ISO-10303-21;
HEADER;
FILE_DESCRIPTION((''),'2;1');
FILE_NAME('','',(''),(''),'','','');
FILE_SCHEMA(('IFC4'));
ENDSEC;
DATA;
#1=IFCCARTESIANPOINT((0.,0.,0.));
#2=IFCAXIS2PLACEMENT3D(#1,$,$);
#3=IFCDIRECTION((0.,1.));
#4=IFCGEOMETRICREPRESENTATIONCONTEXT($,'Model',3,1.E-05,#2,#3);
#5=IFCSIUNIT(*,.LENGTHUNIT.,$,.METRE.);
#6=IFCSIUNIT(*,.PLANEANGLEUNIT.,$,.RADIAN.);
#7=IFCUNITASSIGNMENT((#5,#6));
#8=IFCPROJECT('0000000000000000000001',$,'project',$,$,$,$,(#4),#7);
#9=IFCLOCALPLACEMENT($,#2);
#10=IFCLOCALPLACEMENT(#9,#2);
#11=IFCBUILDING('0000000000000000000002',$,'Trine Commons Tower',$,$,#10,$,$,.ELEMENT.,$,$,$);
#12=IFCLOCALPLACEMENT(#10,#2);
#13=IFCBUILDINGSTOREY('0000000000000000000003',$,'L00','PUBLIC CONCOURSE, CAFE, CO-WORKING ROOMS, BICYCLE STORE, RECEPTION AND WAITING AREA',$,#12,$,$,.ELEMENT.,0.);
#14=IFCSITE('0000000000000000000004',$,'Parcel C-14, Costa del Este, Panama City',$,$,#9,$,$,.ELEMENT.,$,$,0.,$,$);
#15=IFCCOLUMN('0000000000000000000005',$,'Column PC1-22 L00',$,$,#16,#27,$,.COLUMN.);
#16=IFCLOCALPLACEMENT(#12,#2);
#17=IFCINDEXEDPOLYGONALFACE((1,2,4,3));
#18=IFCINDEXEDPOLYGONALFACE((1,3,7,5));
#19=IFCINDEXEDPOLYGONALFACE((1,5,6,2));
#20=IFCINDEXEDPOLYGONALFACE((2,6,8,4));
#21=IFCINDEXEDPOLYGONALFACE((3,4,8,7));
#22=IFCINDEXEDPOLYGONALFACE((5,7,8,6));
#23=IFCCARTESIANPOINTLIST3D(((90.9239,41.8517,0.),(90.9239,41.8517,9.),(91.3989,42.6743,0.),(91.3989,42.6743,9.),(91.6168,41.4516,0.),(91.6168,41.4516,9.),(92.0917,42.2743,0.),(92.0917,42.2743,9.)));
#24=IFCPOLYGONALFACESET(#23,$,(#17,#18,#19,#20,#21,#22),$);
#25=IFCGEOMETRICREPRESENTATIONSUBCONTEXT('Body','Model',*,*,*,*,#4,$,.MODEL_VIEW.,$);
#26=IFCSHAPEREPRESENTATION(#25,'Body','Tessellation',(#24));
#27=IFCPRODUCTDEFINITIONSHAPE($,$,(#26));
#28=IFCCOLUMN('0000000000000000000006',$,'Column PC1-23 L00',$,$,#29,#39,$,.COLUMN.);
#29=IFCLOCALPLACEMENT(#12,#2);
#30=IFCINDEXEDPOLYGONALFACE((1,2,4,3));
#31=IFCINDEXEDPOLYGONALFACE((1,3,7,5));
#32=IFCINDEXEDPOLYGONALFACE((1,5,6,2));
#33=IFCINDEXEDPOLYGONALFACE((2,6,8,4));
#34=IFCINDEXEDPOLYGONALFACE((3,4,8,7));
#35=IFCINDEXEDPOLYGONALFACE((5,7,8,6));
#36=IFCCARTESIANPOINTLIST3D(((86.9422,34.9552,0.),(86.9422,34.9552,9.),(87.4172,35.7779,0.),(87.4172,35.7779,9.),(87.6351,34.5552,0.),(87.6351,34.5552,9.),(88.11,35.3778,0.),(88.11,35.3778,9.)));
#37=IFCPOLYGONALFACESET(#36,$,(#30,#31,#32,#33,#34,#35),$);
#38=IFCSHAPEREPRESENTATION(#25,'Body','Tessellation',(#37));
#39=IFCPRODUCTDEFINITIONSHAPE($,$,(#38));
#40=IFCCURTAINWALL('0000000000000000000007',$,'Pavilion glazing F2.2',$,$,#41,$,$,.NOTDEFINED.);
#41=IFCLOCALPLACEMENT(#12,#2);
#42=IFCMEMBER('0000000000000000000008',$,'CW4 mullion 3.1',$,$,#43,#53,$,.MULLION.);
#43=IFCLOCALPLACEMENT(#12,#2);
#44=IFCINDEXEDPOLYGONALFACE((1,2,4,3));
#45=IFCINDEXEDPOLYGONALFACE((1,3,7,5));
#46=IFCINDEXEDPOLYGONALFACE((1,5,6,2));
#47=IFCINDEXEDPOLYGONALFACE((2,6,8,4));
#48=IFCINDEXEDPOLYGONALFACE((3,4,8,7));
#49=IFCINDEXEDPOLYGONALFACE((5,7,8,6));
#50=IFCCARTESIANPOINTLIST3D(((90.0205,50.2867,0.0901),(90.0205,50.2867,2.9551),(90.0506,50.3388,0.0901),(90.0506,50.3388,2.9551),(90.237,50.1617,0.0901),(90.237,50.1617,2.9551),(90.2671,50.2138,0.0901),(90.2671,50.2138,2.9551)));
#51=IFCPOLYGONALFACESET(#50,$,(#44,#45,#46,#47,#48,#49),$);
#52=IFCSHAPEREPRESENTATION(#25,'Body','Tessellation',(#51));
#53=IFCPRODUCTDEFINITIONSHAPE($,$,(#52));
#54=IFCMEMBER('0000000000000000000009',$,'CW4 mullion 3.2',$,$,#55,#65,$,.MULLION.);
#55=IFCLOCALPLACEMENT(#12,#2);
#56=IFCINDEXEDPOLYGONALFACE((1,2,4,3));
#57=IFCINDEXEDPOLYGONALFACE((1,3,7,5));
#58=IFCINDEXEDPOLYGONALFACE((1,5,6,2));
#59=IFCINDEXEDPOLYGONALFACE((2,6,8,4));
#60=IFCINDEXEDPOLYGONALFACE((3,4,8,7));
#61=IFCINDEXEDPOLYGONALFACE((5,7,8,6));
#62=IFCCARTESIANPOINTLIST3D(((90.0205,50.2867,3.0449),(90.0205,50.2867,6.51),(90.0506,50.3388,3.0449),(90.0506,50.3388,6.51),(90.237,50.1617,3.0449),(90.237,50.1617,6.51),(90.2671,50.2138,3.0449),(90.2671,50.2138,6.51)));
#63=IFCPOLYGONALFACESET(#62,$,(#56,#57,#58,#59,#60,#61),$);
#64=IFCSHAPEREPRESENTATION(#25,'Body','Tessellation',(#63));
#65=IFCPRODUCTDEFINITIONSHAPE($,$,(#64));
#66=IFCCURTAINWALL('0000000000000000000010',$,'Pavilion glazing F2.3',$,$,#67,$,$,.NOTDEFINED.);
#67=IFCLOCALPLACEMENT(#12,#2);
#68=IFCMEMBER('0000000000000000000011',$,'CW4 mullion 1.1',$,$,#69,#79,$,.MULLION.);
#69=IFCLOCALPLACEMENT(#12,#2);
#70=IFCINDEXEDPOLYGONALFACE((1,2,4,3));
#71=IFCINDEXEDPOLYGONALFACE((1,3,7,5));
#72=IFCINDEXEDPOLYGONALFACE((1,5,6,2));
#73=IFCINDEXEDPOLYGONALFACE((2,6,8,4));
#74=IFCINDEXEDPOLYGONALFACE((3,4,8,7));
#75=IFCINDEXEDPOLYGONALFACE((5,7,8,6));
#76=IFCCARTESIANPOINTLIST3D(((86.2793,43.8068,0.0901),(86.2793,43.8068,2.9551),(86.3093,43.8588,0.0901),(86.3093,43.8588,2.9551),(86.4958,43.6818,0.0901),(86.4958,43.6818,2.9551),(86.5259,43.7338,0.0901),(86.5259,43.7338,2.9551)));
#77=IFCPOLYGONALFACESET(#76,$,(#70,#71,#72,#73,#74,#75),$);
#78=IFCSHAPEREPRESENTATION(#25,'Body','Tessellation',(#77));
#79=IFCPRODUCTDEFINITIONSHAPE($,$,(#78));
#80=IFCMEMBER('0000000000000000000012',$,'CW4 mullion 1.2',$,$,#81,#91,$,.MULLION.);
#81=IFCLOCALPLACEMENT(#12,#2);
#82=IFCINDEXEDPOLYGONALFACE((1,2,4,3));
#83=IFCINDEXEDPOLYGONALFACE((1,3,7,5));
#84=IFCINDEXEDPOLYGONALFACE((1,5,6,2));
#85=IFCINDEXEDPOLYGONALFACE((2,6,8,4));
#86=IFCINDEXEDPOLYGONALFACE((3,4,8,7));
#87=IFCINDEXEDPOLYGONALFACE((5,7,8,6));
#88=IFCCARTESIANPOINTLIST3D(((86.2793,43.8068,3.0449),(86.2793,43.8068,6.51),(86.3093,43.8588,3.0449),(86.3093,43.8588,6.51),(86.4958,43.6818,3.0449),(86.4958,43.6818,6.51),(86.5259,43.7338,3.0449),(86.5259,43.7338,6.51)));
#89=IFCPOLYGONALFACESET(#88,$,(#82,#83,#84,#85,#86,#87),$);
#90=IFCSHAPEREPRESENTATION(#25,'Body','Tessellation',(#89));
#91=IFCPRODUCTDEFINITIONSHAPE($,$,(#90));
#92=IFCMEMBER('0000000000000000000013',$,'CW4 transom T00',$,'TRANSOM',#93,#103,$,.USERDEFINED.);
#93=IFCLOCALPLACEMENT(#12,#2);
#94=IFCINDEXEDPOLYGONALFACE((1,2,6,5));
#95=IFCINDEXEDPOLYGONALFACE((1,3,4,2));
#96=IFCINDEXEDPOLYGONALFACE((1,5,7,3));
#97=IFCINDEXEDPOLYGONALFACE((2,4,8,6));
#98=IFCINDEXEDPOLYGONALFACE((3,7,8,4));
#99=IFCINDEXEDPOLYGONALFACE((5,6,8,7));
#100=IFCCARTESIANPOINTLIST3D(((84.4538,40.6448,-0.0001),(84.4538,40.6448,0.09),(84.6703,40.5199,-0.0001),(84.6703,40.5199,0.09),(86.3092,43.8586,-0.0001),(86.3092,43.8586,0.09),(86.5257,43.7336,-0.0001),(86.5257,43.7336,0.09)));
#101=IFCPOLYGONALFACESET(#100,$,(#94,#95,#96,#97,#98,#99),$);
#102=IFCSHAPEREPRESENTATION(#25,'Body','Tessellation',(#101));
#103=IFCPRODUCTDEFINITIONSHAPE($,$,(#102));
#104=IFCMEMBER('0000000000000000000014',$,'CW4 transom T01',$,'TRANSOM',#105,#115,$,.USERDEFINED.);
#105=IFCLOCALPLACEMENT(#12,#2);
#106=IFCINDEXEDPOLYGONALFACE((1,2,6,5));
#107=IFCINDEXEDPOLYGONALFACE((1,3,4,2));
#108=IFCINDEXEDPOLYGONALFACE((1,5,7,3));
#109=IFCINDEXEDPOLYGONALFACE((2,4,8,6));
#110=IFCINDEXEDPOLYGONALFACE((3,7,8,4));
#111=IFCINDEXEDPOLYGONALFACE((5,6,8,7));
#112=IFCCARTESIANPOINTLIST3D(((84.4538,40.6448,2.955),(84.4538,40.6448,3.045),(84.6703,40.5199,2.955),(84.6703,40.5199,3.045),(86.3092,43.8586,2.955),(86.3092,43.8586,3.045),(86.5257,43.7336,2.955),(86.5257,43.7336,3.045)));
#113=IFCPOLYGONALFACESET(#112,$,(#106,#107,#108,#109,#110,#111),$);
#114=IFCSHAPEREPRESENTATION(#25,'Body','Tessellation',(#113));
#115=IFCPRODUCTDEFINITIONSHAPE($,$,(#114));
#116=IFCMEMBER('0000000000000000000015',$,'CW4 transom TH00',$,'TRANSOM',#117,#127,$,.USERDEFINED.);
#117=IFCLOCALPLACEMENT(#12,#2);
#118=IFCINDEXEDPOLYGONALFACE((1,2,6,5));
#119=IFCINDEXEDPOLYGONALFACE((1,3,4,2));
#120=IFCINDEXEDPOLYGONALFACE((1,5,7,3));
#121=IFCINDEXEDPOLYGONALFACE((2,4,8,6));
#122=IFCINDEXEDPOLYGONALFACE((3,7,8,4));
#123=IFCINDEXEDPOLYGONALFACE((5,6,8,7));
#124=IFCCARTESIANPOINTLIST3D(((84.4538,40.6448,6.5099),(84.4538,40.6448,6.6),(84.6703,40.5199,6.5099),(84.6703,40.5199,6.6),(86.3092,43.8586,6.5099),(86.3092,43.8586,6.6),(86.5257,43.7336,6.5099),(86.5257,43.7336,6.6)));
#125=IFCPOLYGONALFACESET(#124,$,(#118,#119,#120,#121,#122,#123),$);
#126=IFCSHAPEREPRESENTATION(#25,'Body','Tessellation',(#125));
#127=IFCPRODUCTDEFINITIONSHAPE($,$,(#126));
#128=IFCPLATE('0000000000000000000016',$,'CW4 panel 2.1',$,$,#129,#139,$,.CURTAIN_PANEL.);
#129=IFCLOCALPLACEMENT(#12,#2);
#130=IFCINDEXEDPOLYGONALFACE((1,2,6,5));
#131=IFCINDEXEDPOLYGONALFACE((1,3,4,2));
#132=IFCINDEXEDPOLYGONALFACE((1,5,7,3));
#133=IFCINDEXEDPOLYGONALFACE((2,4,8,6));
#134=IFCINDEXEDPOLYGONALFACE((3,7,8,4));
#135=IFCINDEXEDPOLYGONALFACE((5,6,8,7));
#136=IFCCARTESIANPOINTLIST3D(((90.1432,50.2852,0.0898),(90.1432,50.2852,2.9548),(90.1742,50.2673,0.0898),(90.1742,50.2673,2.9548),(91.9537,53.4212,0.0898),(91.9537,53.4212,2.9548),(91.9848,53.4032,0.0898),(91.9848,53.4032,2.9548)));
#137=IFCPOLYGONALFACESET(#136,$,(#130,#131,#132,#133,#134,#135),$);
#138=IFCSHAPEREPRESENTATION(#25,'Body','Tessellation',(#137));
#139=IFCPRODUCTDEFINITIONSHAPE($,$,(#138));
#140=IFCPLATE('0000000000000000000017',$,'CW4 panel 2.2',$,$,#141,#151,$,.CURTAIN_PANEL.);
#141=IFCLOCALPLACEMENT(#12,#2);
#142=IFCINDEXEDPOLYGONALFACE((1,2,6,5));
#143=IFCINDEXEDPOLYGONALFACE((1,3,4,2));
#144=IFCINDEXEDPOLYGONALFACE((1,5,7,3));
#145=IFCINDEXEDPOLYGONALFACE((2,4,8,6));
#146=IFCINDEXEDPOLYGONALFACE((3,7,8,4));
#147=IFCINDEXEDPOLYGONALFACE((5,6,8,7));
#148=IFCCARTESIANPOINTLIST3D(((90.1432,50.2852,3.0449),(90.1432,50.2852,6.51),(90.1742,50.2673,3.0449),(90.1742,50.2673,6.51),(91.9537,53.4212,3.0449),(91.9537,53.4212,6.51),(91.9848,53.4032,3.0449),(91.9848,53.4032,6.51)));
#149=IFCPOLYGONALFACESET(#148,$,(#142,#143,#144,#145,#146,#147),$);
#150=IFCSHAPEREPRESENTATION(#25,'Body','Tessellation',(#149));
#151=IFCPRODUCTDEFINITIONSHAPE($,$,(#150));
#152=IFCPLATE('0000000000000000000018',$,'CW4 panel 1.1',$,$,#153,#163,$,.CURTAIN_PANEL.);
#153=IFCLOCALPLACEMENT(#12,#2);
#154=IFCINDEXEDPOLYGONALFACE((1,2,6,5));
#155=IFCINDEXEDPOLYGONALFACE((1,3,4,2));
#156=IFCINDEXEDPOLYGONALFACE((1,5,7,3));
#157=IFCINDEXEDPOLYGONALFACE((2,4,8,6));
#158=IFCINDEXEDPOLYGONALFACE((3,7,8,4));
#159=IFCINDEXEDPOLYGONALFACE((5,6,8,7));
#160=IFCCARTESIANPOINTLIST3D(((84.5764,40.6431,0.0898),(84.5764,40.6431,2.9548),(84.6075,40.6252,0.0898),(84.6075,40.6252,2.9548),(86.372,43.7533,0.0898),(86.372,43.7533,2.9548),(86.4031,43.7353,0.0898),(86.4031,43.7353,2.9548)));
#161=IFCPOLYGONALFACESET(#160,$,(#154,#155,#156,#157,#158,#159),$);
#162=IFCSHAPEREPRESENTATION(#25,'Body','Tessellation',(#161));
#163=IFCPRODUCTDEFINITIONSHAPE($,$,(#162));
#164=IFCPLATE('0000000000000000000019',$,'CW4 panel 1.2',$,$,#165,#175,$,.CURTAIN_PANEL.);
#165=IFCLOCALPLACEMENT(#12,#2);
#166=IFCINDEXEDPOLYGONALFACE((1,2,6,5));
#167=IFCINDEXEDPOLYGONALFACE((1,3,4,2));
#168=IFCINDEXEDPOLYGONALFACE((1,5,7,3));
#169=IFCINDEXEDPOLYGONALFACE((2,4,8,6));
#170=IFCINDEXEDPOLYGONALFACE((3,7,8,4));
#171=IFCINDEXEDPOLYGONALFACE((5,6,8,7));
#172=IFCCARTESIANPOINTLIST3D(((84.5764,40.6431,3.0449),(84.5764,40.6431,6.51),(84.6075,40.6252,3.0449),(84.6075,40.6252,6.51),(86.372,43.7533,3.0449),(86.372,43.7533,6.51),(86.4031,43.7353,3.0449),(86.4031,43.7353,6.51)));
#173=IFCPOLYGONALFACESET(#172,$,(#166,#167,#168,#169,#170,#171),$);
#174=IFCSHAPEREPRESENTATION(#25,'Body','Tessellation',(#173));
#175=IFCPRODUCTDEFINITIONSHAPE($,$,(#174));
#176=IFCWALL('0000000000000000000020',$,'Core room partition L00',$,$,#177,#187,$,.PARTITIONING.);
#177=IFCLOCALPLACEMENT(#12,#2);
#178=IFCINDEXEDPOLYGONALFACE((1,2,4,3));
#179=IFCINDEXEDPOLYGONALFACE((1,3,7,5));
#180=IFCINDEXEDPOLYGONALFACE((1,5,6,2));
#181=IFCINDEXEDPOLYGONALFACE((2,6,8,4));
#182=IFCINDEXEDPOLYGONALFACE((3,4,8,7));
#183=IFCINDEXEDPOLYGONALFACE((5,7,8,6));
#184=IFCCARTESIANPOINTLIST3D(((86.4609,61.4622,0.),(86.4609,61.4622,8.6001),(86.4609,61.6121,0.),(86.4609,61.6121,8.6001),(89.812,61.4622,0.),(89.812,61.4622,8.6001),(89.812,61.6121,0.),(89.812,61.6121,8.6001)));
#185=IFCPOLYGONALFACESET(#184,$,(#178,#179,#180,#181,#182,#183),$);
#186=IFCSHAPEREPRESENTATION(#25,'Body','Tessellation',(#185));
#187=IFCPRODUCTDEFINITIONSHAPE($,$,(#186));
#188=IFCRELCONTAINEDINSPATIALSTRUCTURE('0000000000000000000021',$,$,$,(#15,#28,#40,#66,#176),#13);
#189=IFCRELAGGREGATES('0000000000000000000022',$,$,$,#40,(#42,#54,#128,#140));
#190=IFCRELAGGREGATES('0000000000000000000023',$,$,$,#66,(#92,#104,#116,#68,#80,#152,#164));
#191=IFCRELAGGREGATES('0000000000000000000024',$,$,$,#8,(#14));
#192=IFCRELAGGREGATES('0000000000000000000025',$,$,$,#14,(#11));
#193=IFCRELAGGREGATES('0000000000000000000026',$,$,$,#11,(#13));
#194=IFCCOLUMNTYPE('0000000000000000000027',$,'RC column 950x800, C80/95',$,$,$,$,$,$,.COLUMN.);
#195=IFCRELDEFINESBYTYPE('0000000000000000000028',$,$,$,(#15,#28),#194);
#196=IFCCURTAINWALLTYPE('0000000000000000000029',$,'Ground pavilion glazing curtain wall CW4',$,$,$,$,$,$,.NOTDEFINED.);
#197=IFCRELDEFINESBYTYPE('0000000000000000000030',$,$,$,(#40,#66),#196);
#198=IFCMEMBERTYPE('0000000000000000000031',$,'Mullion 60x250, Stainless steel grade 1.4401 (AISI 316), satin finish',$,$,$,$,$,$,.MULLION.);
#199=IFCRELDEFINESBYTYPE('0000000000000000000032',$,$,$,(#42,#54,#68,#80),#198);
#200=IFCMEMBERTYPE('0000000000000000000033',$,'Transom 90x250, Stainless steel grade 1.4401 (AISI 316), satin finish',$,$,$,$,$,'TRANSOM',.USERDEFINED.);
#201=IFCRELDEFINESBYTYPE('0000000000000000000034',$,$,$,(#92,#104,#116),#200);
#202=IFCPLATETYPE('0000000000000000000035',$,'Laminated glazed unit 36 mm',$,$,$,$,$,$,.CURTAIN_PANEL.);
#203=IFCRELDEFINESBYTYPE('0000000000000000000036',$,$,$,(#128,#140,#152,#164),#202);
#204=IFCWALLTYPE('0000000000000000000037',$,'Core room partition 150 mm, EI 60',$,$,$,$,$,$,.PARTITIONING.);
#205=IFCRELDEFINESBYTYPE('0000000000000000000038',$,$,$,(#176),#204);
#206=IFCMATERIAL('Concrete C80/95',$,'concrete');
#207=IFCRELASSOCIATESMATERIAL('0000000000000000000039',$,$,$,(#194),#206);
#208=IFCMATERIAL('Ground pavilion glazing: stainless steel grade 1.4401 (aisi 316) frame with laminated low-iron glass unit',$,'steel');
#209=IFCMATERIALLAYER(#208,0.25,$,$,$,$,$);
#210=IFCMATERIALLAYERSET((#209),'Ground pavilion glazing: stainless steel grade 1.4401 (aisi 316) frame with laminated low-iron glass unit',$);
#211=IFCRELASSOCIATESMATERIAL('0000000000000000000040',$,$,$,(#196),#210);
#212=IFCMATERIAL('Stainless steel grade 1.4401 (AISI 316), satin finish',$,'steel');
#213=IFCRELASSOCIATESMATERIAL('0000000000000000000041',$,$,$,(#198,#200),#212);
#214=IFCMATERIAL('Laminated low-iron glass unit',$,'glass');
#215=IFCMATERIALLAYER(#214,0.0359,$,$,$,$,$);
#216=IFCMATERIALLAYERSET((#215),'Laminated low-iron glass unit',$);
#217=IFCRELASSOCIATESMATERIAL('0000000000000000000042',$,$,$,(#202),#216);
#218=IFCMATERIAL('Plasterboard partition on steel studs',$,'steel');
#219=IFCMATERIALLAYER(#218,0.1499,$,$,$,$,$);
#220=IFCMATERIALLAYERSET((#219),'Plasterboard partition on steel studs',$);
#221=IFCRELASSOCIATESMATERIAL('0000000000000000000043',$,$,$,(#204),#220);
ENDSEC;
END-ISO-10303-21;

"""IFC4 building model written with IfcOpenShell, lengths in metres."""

from ifc_helpers import new_model, si_unit, direction, frame, frame_2d, origin, origin_2d, place, context, subcontext, project, spatial, rectangle, extrude, material, layer, layer_set, material_profile, profile_set, type_object, element, aggregate, save


model = new_model("IFC4")

# Units and contexts
model_context = context("Model", 3, precision=1e-05, world=origin(), true_north=direction((0.0, 1.0)))
body_context = subcontext(model_context, "Body", "Model", "MODEL_VIEW")
ifc_project = project(units=[si_unit("LENGTHUNIT", "METRE"), si_unit("PLANEANGLEUNIT", "RADIAN")], contexts=[model_context])

# Site, building, storey
site_placement = place(None, origin())
site = spatial("IfcSite", under=ifc_project, at=site_placement, Name="Parcel C-14, Costa del Este, Panama City", CompositionType="ELEMENT", RefElevation=0.0)
building_placement = place(site_placement, origin())
building = spatial("IfcBuilding", under=site, at=building_placement, Name="Trine Commons Tower", CompositionType="ELEMENT")
storey_placement = place(building_placement, origin())
storey = spatial("IfcBuildingStorey", under=building, at=storey_placement, Name="L00", Description="PUBLIC CONCOURSE, CAFE, CO-WORKING ROOMS, BICYCLE STORE, RECEPTION AND WAITING AREA", CompositionType="ELEMENT", Elevation=0.0)

# Columns
ifc_material_1 = material(Name="Concrete C80/95", Category="concrete")
ifc_material_profile_1 = material_profile(ifc_material_1, rectangle(XDim=0.95, YDim=0.8, at=origin_2d()), Name="RC 950x800")
ifc_profile_set_1 = profile_set([ifc_material_profile_1], Name="Concrete C80/95")
column_type = type_object("IfcColumnType", Name="RC column 950x800, C80/95", PredefinedType="COLUMN", material=ifc_profile_set_1)
for number, where, z_axis, x_axis, name in (
    (1, (91.5078, 42.063, 0.0), (0.0, 0.0, 1.0), (0.5, 0.866025, 0.0), "Column PC1-22 L00"),
    (2, (87.5261, 35.1665, 0.0), (0.0, 0.0, 1.0), (0.5, 0.866025, 0.0), "Column PC1-23 L00"),
):
    element("IfcColumn", number, at=place(storey_placement, frame(where, z_axis=z_axis, x_axis=x_axis)), inside=storey, type_object=column_type, Name=name, PredefinedType="COLUMN", context=body_context, shape_type="SweptSolid", body=[
        extrude(rectangle(XDim=0.95, YDim=0.8, at=origin_2d()), origin(), (0.0, 0.0, 1.0), 9.0),
    ])

# Curtain walls, members
ifc_material_2 = material(Name="Ground pavilion glazing: stainless steel grade 1.4401 (aisi 316) frame with laminated low-iron glass unit", Category="steel")
ifc_layer_1 = layer(ifc_material_2, 0.25)
ifc_layer_set_1 = layer_set([ifc_layer_1], Name="Ground pavilion glazing: stainless steel grade 1.4401 (aisi 316) frame with laminated low-iron glass unit")
curtain_wall_type = type_object("IfcCurtainWallType", Name="Ground pavilion glazing curtain wall CW4", PredefinedType="NOTDEFINED", material=ifc_layer_set_1)
curtain_wall_1_placement = place(storey_placement, origin())
curtain_wall_1 = element("IfcCurtainWall", 3, at=curtain_wall_1_placement, inside=storey, type_object=curtain_wall_type, Name="Pavilion glazing F2.2", PredefinedType="NOTDEFINED")
ifc_material_3 = material(Name="Stainless steel grade 1.4401 (AISI 316), satin finish", Category="steel")
ifc_material_profile_2 = material_profile(ifc_material_3, rectangle(XDim=0.25, YDim=0.0601, at=origin_2d()), Name="Mullion 60x250")
ifc_profile_set_2 = profile_set([ifc_material_profile_2], Name="Stainless steel grade 1.4401 (AISI 316), satin finish")
member_type_1 = type_object("IfcMemberType", Name="Mullion 60x250, Stainless steel grade 1.4401 (AISI 316), satin finish", PredefinedType="MULLION", material=ifc_profile_set_2)
member_1_placement = place(storey_placement, frame((90.1438, 50.2502, 0.0901), z_axis=(0.0, 0.0, 1.0), x_axis=(0.866025, -0.5, 0.0)))
member_1 = element("IfcMember", 4, at=member_1_placement, type_object=member_type_1, Name="CW4 mullion 3.1", PredefinedType="MULLION", context=body_context, shape_type="SweptSolid", body=[
    extrude(rectangle(XDim=0.25, YDim=0.0601, at=origin_2d()), origin(), (0.0, 0.0, 1.0), 2.865),
])
member_2_placement = place(storey_placement, frame((90.1438, 50.2502, 3.0449), z_axis=(0.0, 0.0, 1.0), x_axis=(0.866025, -0.5, 0.0)))
member_2 = element("IfcMember", 5, at=member_2_placement, type_object=member_type_1, Name="CW4 mullion 3.2", PredefinedType="MULLION", context=body_context, shape_type="SweptSolid", body=[
    extrude(rectangle(XDim=0.25, YDim=0.0601, at=origin_2d()), origin(), (0.0, 0.0, 1.0), 3.4651),
])
curtain_wall_2_placement = place(storey_placement, origin())
curtain_wall_2 = element("IfcCurtainWall", 6, at=curtain_wall_2_placement, inside=storey, type_object=curtain_wall_type, Name="Pavilion glazing F2.3", PredefinedType="NOTDEFINED")
member_3_placement = place(storey_placement, frame((86.4026, 43.7703, 0.0901), z_axis=(0.0, 0.0, 1.0), x_axis=(0.866025, -0.5, 0.0)))
member_3 = element("IfcMember", 7, at=member_3_placement, type_object=member_type_1, Name="CW4 mullion 1.1", PredefinedType="MULLION", context=body_context, shape_type="SweptSolid", body=[
    extrude(rectangle(XDim=0.25, YDim=0.0601, at=origin_2d()), origin(), (0.0, 0.0, 1.0), 2.865),
])
member_4_placement = place(storey_placement, frame((86.4026, 43.7703, 3.0449), z_axis=(0.0, 0.0, 1.0), x_axis=(0.866025, -0.5, 0.0)))
member_4 = element("IfcMember", 8, at=member_4_placement, type_object=member_type_1, Name="CW4 mullion 1.2", PredefinedType="MULLION", context=body_context, shape_type="SweptSolid", body=[
    extrude(rectangle(XDim=0.25, YDim=0.0601, at=origin_2d()), origin(), (0.0, 0.0, 1.0), 3.4651),
])
ifc_material_profile_3 = material_profile(ifc_material_3, rectangle(XDim=0.25, YDim=0.0901, at=origin_2d()), Name="Transom 90x250")
ifc_profile_set_3 = profile_set([ifc_material_profile_3], Name="Stainless steel grade 1.4401 (AISI 316), satin finish")
member_type_2 = type_object("IfcMemberType", Name="Transom 90x250, Stainless steel grade 1.4401 (AISI 316), satin finish", ElementType="TRANSOM", PredefinedType="USERDEFINED", material=ifc_profile_set_3)
member_5_placement = place(storey_placement, frame((86.4175, 43.7961, 0.0449), z_axis=(-0.499988, -0.866032, 0.0), x_axis=(0.866032, -0.499988, 0.0)))
member_5 = element("IfcMember", 9, at=member_5_placement, type_object=member_type_2, Name="CW4 transom T00", ObjectType="TRANSOM", PredefinedType="USERDEFINED", context=body_context, shape_type="SweptSolid", body=[
    extrude(rectangle(XDim=0.25, YDim=0.0901, at=origin_2d()), origin(), (0.0, 0.0, 1.0), 3.7109),
])
member_6_placement = place(storey_placement, frame((86.4175, 43.7961, 3.0), z_axis=(-0.499988, -0.866032, 0.0), x_axis=(0.866032, -0.499988, 0.0)))
member_6 = element("IfcMember", 10, at=member_6_placement, type_object=member_type_2, Name="CW4 transom T01", ObjectType="TRANSOM", PredefinedType="USERDEFINED", context=body_context, shape_type="SweptSolid", body=[
    extrude(rectangle(XDim=0.25, YDim=0.0901, at=origin_2d()), origin(), (0.0, 0.0, 1.0), 3.7109),
])
member_7_placement = place(storey_placement, frame((86.4175, 43.7961, 6.5549), z_axis=(-0.499988, -0.866032, 0.0), x_axis=(0.866032, -0.499988, 0.0)))
member_7 = element("IfcMember", 11, at=member_7_placement, type_object=member_type_2, Name="CW4 transom TH00", ObjectType="TRANSOM", PredefinedType="USERDEFINED", context=body_context, shape_type="SweptSolid", body=[
    extrude(rectangle(XDim=0.25, YDim=0.0901, at=origin_2d()), origin(), (0.0, 0.0, 1.0), 3.7109),
])

# Plates
ifc_material_4 = material(Name="Laminated low-iron glass unit", Category="glass")
ifc_layer_2 = layer(ifc_material_4, 0.0359)
ifc_layer_set_2 = layer_set([ifc_layer_2], Name="Laminated low-iron glass unit")
plate_type = type_object("IfcPlateType", Name="Laminated glazed unit 36 mm", PredefinedType="CURTAIN_PANEL", material=ifc_layer_set_2)
plate_1_placement = place(storey_placement, frame((91.064, 51.8442, 0.0898), z_axis=(0.0, 0.0, 1.0), x_axis=(-0.5, -0.866025, 0.0)))
plate_1 = element("IfcPlate", 12, at=plate_1_placement, type_object=plate_type, Name="CW4 panel 2.1", PredefinedType="CURTAIN_PANEL", context=body_context, shape_type="SweptSolid", body=[
    extrude(rectangle(XDim=3.6211, YDim=0.0359, at=origin_2d()), origin(), (0.0, 0.0, 1.0), 2.865),
])
plate_2_placement = place(storey_placement, frame((91.064, 51.8442, 3.0449), z_axis=(0.0, 0.0, 1.0), x_axis=(-0.5, -0.866025, 0.0)))
plate_2 = element("IfcPlate", 13, at=plate_2_placement, type_object=plate_type, Name="CW4 panel 2.2", PredefinedType="CURTAIN_PANEL", context=body_context, shape_type="SweptSolid", body=[
    extrude(rectangle(XDim=3.6211, YDim=0.0359, at=origin_2d()), origin(), (0.0, 0.0, 1.0), 3.4651),
])
aggregate(curtain_wall_1, [member_1, member_2, plate_1, plate_2])
plate_3_placement = place(storey_placement, frame((85.4897, 42.1892, 0.0898), z_axis=(0.0, 0.0, 1.0), x_axis=(-0.5, -0.866025, 0.0)))
plate_3 = element("IfcPlate", 14, at=plate_3_placement, type_object=plate_type, Name="CW4 panel 1.1", PredefinedType="CURTAIN_PANEL", context=body_context, shape_type="SweptSolid", body=[
    extrude(rectangle(XDim=3.5913, YDim=0.0359, at=origin_2d()), origin(), (0.0, 0.0, 1.0), 2.865),
])
plate_4_placement = place(storey_placement, frame((85.4897, 42.1892, 3.0449), z_axis=(0.0, 0.0, 1.0), x_axis=(-0.5, -0.866025, 0.0)))
plate_4 = element("IfcPlate", 15, at=plate_4_placement, type_object=plate_type, Name="CW4 panel 1.2", PredefinedType="CURTAIN_PANEL", context=body_context, shape_type="SweptSolid", body=[
    extrude(rectangle(XDim=3.5913, YDim=0.0359, at=origin_2d()), origin(), (0.0, 0.0, 1.0), 3.4651),
])
aggregate(curtain_wall_2, [member_5, member_6, member_7, member_3, member_4, plate_3, plate_4])

# Wall
ifc_material_5 = material(Name="Plasterboard partition on steel studs", Category="steel")
ifc_layer_3 = layer(ifc_material_5, 0.1499)
ifc_layer_set_3 = layer_set([ifc_layer_3], Name="Plasterboard partition on steel studs")
wall_type_1 = type_object("IfcWallType", Name="Core room partition 150 mm, EI 60", PredefinedType="PARTITIONING", material=ifc_layer_set_3)
wall_1_placement = place(storey_placement, frame((89.812, 61.5371, 0.0), z_axis=(0.0, 0.0, 1.0), x_axis=(-1.0, 0.0, 0.0)))
element("IfcWall", 16, at=wall_1_placement, inside=storey, type_object=wall_type_1, Name="Core room partition L00", PredefinedType="PARTITIONING", context=body_context, shape_type="SweptSolid", body=[
    extrude(rectangle(XDim=3.3511, YDim=0.1499, at=frame_2d((1.6755, 0.0))), origin(), (0.0, 0.0, 1.0), 8.6001),
])

save(model, "model.ifc")
